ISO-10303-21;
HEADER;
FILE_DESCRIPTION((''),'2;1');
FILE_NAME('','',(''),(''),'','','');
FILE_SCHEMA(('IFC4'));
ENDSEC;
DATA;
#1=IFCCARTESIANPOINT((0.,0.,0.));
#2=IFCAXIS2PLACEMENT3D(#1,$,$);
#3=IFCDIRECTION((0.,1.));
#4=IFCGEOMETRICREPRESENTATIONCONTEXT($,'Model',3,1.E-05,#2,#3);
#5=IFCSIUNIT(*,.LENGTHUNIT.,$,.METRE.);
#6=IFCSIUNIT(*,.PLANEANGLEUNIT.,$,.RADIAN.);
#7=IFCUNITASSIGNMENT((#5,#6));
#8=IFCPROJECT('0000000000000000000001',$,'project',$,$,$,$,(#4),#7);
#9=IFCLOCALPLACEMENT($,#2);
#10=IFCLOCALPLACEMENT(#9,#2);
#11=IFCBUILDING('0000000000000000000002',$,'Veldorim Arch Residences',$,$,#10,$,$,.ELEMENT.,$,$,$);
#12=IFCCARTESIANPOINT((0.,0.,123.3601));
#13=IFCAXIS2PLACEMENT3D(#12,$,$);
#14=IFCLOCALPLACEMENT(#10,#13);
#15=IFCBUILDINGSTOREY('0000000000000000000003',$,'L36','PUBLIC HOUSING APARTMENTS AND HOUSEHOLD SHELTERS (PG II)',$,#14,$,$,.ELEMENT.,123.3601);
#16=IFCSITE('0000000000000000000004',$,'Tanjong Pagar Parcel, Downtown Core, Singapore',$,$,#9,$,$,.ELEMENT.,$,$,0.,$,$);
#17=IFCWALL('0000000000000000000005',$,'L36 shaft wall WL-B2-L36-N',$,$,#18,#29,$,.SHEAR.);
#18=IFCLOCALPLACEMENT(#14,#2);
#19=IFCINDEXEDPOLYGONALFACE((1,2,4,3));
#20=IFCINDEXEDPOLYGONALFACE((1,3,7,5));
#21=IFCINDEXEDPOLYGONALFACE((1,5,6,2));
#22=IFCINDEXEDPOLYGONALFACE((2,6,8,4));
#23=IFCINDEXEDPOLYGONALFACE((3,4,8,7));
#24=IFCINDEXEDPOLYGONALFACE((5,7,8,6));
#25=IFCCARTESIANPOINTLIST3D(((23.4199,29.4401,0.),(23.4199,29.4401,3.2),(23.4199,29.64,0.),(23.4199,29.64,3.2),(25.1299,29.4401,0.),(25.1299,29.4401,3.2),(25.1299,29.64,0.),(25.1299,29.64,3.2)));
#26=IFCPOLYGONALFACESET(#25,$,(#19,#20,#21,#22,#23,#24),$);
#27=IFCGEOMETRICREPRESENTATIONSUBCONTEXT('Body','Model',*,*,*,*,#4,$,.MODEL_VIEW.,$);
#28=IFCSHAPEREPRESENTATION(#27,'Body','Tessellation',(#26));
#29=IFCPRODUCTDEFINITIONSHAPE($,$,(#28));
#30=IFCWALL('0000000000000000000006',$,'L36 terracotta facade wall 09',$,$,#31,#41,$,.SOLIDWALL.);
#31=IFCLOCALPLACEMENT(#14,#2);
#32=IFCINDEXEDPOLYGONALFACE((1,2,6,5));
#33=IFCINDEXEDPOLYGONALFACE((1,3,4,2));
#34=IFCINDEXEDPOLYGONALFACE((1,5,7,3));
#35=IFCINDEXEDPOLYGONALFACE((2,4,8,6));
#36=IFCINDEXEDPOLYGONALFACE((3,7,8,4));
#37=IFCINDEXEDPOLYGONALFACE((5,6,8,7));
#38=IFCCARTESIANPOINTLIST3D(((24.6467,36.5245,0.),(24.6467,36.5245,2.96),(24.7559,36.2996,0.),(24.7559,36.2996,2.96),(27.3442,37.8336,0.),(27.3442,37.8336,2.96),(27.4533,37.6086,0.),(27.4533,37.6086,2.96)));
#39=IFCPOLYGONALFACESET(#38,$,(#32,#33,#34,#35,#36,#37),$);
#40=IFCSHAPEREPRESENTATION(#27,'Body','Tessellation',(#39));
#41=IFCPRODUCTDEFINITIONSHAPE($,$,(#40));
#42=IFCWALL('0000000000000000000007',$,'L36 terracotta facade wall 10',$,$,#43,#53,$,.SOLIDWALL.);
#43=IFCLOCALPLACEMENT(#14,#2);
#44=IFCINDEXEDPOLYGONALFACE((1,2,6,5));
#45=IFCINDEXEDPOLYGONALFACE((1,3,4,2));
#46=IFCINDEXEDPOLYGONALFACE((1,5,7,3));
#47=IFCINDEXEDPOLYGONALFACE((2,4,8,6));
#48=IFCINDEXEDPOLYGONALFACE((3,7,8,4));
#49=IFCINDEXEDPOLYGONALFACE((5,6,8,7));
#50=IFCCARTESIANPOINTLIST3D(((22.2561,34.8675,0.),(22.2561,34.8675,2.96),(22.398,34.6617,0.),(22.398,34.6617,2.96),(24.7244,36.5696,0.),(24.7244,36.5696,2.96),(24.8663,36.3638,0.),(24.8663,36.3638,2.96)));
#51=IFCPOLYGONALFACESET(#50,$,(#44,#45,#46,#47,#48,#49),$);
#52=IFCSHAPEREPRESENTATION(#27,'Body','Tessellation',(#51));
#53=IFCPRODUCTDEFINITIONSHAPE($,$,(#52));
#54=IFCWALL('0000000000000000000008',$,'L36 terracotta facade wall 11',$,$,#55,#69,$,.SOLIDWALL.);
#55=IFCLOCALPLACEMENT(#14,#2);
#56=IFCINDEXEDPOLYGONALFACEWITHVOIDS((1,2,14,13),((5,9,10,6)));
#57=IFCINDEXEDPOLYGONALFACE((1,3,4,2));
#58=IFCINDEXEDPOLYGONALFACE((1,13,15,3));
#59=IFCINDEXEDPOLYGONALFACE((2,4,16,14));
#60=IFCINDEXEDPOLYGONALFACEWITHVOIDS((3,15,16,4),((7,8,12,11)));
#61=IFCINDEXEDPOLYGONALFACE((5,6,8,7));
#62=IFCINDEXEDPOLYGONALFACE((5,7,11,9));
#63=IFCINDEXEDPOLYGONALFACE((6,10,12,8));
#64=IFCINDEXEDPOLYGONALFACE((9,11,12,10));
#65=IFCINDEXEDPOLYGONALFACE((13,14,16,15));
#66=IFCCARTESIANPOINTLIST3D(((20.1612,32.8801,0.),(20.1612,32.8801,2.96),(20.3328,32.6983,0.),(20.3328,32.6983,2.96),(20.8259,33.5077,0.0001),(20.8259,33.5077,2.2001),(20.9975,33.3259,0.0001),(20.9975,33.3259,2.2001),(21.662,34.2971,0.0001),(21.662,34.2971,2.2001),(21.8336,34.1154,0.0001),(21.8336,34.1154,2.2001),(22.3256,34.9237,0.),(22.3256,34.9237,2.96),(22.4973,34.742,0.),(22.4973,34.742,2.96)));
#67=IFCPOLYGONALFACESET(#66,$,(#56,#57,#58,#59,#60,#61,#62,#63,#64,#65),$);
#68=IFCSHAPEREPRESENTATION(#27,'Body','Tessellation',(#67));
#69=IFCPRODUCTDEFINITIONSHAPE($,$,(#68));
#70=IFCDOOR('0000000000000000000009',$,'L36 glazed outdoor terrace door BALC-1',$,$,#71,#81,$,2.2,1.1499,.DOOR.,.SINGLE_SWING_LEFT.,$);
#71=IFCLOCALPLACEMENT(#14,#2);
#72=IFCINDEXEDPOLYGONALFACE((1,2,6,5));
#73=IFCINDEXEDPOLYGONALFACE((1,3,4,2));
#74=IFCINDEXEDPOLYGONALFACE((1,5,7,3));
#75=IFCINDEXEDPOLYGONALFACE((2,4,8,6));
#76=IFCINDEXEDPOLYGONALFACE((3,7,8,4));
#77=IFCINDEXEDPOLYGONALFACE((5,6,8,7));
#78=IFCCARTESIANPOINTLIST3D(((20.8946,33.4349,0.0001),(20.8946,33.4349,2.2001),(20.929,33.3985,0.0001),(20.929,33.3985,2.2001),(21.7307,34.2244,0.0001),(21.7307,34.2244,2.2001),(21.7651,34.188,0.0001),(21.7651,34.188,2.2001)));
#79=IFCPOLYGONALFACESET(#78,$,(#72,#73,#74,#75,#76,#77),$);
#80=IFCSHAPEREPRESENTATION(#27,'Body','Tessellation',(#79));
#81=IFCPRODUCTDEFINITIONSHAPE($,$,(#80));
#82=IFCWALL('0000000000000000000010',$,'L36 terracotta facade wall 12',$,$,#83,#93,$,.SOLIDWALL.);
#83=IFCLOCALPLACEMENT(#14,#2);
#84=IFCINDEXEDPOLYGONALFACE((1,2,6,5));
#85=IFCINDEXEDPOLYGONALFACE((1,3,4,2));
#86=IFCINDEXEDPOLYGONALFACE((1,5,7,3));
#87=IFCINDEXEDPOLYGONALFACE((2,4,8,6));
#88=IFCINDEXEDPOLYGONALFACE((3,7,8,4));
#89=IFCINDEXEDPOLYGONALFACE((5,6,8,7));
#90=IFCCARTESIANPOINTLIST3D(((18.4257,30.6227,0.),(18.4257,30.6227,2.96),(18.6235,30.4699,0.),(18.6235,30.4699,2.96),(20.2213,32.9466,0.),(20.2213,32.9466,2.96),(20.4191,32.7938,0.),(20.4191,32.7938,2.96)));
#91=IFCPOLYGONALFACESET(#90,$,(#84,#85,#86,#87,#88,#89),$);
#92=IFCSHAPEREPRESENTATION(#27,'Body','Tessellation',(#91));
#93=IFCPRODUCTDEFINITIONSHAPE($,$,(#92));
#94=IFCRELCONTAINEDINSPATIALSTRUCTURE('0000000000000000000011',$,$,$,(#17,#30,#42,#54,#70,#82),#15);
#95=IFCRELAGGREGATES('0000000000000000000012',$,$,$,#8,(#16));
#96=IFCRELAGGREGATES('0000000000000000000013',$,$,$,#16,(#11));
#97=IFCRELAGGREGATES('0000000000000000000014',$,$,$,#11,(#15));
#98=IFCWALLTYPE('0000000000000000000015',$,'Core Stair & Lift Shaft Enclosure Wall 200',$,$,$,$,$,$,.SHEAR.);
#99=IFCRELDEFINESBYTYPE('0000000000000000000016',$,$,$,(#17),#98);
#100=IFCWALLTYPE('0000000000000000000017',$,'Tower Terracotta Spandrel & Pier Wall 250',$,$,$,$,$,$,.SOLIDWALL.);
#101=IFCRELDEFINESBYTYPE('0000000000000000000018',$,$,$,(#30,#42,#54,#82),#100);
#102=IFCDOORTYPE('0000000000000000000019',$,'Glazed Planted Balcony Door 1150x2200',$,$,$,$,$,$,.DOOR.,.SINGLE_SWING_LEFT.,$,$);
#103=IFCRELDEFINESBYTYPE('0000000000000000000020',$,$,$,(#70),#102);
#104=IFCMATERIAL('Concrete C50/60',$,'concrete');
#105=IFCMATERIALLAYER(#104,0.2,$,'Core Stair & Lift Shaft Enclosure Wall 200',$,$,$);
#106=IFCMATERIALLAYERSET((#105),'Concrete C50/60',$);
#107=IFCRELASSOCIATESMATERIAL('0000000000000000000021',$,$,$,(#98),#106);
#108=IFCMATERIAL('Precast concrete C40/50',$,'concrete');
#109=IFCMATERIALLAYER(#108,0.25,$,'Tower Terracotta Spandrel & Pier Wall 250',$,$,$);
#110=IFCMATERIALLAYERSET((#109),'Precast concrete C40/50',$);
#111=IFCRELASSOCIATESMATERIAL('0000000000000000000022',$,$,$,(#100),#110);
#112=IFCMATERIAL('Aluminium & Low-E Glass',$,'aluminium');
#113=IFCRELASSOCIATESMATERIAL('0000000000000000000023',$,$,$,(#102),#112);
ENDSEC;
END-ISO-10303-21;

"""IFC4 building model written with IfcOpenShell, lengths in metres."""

from ifc_helpers import new_model, si_unit, direction, frame, frame_2d, origin, place, context, subcontext, project, spatial, rectangle, extrude, material, layer, layer_set, type_object, element, fill, save


model = new_model("IFC4")

# Units and contexts
model_context = context("Model", 3, precision=1e-05, world=origin(), true_north=direction((0.0, 1.0)))
body_context = subcontext(model_context, "Body", "Model", "MODEL_VIEW")
ifc_project = project(units=[si_unit("LENGTHUNIT", "METRE"), si_unit("PLANEANGLEUNIT", "RADIAN")], contexts=[model_context])

# Site, building, storey
site_placement = place(None, origin())
site = spatial("IfcSite", under=ifc_project, at=site_placement, Name="Tanjong Pagar Parcel, Downtown Core, Singapore", CompositionType="ELEMENT", RefElevation=0.0)
building_placement = place(site_placement, origin())
building = spatial("IfcBuilding", under=site, at=building_placement, Name="Veldorim Arch Residences", CompositionType="ELEMENT")
storey_placement = place(building_placement, frame((0.0, 0.0, 123.3601)))
storey = spatial("IfcBuildingStorey", under=building, at=storey_placement, Name="L36", Description="PUBLIC HOUSING APARTMENTS AND HOUSEHOLD SHELTERS (PG II)", CompositionType="ELEMENT", Elevation=123.3601)

# Wall
ifc_material_1 = material(Name="Concrete C50/60", Category="concrete")
ifc_layer_1 = layer(ifc_material_1, 0.2, Name="Core Stair & Lift Shaft Enclosure Wall 200")
ifc_layer_set_1 = layer_set([ifc_layer_1], Name="Concrete C50/60")
wall_type_1 = type_object("IfcWallType", Name="Core Stair & Lift Shaft Enclosure Wall 200", PredefinedType="SHEAR", material=ifc_layer_set_1)
wall_1_placement = place(storey_placement, frame((23.4199, 29.54, 0.0), z_axis=(0.0, 0.0, 1.0), x_axis=(1.0, 0.0, 0.0)))
element("IfcWall", 1, at=wall_1_placement, inside=storey, type_object=wall_type_1, Name="L36 shaft wall WL-B2-L36-N", PredefinedType="SHEAR", context=body_context, shape_type="SweptSolid", body=[
    extrude(rectangle(XDim=1.71, YDim=0.2, at=frame_2d((0.855, 0.0))), origin(), (0.0, 0.0, 1.0), 3.2),
])

# Walls
ifc_material_2 = material(Name="Precast concrete C40/50", Category="concrete")
ifc_layer_2 = layer(ifc_material_2, 0.25, Name="Tower Terracotta Spandrel & Pier Wall 250")
ifc_layer_set_2 = layer_set([ifc_layer_2], Name="Precast concrete C40/50")
wall_type_2 = type_object("IfcWallType", Name="Tower Terracotta Spandrel & Pier Wall 250", PredefinedType="SOLIDWALL", material=ifc_layer_set_2)
for number, where, z_axis, x_axis, name in (
    (2, (24.7014, 36.4121, 0.0), (0.0, 0.0, 1.0), (0.899657, 0.436597, 0.0), "L36 terracotta facade wall 09"),
    (3, (22.3271, 34.7646, 0.0), (0.0, 0.0, 1.0), (0.823229, 0.56771, 0.0), "L36 terracotta facade wall 10"),
):
    element("IfcWall", number, at=place(storey_placement, frame(where, z_axis=z_axis, x_axis=x_axis)), inside=storey, type_object=wall_type_2, Name=name, PredefinedType="SOLIDWALL", context=body_context, shape_type="SweptSolid", body=[
        extrude(rectangle(XDim=2.9983, YDim=0.25, at=frame_2d((1.499, 0.0))), origin(), (0.0, 0.0, 1.0), 2.96),
    ])

# Wall, opening, door
wall_2_placement = place(storey_placement, frame((20.2471, 32.7893, 0.0), z_axis=(0.0, 0.0, 1.0), x_axis=(0.727113, 0.686518, 0.0)))
wall_2 = element("IfcWall", 4, at=wall_2_placement, inside=storey, type_object=wall_type_2, Name="L36 terracotta facade wall 11", PredefinedType="SOLIDWALL", context=body_context, shape_type="SweptSolid", body=[
    extrude(rectangle(XDim=2.9768, YDim=0.25, at=frame_2d((1.4883, 0.0))), origin(), (0.0, 0.0, 1.0), 2.96),
])
opening_1_placement = place(wall_2_placement, frame((0.9141, 0.0, 0.0)))
opening_1 = element("IfcOpeningElement", 5, at=opening_1_placement, cuts=wall_2, PredefinedType="OPENING", context=body_context, shape_type="SweptSolid", body=[
    extrude(rectangle(XDim=1.1499, YDim=2.2, at=frame_2d((0.575, 1.1001))), frame((0.0, 0.135, 0.0), z_axis=(0.0, -1.0, 0.0), x_axis=(1.0, 0.0, 0.0)), (0.0, 0.0, 1.0), 0.27),
])
ifc_material_3 = material(Name="Aluminium & Low-E Glass", Category="aluminium")
door_type_1 = type_object("IfcDoorType", Name="Glazed Planted Balcony Door 1150x2200", OperationType="SINGLE_SWING_LEFT", PredefinedType="DOOR", material=ifc_material_3)
door_1_placement = place(opening_1_placement, origin())
door_1 = element("IfcDoor", 6, at=door_1_placement, inside=storey, type_object=door_type_1, Name="L36 glazed outdoor terrace door BALC-1", OperationType="SINGLE_SWING_LEFT", OverallHeight=2.2, OverallWidth=1.1499, PredefinedType="DOOR", context=body_context, shape_type="SweptSolid", body=[
    extrude(rectangle(XDim=1.1499, YDim=2.2, at=frame_2d((0.575, 1.1001))), frame((0.0, 0.0249, 0.0), z_axis=(0.0, -1.0, 0.0), x_axis=(1.0, 0.0, 0.0)), (0.0, 0.0, 1.0), 0.05),
])
fill(opening_1, door_1)

# Wall
wall_3_placement = place(storey_placement, frame((18.5247, 30.5464, 0.0), z_axis=(0.0, 0.0, 1.0), x_axis=(0.611417, 0.791309, 0.0)))
element("IfcWall", 7, at=wall_3_placement, inside=storey, type_object=wall_type_2, Name="L36 terracotta facade wall 12", PredefinedType="SOLIDWALL", context=body_context, shape_type="SweptSolid", body=[
    extrude(rectangle(XDim=2.9368, YDim=0.25, at=frame_2d((1.4683, 0.0))), origin(), (0.0, 0.0, 1.0), 2.96),
])

save(model, "model.ifc")
